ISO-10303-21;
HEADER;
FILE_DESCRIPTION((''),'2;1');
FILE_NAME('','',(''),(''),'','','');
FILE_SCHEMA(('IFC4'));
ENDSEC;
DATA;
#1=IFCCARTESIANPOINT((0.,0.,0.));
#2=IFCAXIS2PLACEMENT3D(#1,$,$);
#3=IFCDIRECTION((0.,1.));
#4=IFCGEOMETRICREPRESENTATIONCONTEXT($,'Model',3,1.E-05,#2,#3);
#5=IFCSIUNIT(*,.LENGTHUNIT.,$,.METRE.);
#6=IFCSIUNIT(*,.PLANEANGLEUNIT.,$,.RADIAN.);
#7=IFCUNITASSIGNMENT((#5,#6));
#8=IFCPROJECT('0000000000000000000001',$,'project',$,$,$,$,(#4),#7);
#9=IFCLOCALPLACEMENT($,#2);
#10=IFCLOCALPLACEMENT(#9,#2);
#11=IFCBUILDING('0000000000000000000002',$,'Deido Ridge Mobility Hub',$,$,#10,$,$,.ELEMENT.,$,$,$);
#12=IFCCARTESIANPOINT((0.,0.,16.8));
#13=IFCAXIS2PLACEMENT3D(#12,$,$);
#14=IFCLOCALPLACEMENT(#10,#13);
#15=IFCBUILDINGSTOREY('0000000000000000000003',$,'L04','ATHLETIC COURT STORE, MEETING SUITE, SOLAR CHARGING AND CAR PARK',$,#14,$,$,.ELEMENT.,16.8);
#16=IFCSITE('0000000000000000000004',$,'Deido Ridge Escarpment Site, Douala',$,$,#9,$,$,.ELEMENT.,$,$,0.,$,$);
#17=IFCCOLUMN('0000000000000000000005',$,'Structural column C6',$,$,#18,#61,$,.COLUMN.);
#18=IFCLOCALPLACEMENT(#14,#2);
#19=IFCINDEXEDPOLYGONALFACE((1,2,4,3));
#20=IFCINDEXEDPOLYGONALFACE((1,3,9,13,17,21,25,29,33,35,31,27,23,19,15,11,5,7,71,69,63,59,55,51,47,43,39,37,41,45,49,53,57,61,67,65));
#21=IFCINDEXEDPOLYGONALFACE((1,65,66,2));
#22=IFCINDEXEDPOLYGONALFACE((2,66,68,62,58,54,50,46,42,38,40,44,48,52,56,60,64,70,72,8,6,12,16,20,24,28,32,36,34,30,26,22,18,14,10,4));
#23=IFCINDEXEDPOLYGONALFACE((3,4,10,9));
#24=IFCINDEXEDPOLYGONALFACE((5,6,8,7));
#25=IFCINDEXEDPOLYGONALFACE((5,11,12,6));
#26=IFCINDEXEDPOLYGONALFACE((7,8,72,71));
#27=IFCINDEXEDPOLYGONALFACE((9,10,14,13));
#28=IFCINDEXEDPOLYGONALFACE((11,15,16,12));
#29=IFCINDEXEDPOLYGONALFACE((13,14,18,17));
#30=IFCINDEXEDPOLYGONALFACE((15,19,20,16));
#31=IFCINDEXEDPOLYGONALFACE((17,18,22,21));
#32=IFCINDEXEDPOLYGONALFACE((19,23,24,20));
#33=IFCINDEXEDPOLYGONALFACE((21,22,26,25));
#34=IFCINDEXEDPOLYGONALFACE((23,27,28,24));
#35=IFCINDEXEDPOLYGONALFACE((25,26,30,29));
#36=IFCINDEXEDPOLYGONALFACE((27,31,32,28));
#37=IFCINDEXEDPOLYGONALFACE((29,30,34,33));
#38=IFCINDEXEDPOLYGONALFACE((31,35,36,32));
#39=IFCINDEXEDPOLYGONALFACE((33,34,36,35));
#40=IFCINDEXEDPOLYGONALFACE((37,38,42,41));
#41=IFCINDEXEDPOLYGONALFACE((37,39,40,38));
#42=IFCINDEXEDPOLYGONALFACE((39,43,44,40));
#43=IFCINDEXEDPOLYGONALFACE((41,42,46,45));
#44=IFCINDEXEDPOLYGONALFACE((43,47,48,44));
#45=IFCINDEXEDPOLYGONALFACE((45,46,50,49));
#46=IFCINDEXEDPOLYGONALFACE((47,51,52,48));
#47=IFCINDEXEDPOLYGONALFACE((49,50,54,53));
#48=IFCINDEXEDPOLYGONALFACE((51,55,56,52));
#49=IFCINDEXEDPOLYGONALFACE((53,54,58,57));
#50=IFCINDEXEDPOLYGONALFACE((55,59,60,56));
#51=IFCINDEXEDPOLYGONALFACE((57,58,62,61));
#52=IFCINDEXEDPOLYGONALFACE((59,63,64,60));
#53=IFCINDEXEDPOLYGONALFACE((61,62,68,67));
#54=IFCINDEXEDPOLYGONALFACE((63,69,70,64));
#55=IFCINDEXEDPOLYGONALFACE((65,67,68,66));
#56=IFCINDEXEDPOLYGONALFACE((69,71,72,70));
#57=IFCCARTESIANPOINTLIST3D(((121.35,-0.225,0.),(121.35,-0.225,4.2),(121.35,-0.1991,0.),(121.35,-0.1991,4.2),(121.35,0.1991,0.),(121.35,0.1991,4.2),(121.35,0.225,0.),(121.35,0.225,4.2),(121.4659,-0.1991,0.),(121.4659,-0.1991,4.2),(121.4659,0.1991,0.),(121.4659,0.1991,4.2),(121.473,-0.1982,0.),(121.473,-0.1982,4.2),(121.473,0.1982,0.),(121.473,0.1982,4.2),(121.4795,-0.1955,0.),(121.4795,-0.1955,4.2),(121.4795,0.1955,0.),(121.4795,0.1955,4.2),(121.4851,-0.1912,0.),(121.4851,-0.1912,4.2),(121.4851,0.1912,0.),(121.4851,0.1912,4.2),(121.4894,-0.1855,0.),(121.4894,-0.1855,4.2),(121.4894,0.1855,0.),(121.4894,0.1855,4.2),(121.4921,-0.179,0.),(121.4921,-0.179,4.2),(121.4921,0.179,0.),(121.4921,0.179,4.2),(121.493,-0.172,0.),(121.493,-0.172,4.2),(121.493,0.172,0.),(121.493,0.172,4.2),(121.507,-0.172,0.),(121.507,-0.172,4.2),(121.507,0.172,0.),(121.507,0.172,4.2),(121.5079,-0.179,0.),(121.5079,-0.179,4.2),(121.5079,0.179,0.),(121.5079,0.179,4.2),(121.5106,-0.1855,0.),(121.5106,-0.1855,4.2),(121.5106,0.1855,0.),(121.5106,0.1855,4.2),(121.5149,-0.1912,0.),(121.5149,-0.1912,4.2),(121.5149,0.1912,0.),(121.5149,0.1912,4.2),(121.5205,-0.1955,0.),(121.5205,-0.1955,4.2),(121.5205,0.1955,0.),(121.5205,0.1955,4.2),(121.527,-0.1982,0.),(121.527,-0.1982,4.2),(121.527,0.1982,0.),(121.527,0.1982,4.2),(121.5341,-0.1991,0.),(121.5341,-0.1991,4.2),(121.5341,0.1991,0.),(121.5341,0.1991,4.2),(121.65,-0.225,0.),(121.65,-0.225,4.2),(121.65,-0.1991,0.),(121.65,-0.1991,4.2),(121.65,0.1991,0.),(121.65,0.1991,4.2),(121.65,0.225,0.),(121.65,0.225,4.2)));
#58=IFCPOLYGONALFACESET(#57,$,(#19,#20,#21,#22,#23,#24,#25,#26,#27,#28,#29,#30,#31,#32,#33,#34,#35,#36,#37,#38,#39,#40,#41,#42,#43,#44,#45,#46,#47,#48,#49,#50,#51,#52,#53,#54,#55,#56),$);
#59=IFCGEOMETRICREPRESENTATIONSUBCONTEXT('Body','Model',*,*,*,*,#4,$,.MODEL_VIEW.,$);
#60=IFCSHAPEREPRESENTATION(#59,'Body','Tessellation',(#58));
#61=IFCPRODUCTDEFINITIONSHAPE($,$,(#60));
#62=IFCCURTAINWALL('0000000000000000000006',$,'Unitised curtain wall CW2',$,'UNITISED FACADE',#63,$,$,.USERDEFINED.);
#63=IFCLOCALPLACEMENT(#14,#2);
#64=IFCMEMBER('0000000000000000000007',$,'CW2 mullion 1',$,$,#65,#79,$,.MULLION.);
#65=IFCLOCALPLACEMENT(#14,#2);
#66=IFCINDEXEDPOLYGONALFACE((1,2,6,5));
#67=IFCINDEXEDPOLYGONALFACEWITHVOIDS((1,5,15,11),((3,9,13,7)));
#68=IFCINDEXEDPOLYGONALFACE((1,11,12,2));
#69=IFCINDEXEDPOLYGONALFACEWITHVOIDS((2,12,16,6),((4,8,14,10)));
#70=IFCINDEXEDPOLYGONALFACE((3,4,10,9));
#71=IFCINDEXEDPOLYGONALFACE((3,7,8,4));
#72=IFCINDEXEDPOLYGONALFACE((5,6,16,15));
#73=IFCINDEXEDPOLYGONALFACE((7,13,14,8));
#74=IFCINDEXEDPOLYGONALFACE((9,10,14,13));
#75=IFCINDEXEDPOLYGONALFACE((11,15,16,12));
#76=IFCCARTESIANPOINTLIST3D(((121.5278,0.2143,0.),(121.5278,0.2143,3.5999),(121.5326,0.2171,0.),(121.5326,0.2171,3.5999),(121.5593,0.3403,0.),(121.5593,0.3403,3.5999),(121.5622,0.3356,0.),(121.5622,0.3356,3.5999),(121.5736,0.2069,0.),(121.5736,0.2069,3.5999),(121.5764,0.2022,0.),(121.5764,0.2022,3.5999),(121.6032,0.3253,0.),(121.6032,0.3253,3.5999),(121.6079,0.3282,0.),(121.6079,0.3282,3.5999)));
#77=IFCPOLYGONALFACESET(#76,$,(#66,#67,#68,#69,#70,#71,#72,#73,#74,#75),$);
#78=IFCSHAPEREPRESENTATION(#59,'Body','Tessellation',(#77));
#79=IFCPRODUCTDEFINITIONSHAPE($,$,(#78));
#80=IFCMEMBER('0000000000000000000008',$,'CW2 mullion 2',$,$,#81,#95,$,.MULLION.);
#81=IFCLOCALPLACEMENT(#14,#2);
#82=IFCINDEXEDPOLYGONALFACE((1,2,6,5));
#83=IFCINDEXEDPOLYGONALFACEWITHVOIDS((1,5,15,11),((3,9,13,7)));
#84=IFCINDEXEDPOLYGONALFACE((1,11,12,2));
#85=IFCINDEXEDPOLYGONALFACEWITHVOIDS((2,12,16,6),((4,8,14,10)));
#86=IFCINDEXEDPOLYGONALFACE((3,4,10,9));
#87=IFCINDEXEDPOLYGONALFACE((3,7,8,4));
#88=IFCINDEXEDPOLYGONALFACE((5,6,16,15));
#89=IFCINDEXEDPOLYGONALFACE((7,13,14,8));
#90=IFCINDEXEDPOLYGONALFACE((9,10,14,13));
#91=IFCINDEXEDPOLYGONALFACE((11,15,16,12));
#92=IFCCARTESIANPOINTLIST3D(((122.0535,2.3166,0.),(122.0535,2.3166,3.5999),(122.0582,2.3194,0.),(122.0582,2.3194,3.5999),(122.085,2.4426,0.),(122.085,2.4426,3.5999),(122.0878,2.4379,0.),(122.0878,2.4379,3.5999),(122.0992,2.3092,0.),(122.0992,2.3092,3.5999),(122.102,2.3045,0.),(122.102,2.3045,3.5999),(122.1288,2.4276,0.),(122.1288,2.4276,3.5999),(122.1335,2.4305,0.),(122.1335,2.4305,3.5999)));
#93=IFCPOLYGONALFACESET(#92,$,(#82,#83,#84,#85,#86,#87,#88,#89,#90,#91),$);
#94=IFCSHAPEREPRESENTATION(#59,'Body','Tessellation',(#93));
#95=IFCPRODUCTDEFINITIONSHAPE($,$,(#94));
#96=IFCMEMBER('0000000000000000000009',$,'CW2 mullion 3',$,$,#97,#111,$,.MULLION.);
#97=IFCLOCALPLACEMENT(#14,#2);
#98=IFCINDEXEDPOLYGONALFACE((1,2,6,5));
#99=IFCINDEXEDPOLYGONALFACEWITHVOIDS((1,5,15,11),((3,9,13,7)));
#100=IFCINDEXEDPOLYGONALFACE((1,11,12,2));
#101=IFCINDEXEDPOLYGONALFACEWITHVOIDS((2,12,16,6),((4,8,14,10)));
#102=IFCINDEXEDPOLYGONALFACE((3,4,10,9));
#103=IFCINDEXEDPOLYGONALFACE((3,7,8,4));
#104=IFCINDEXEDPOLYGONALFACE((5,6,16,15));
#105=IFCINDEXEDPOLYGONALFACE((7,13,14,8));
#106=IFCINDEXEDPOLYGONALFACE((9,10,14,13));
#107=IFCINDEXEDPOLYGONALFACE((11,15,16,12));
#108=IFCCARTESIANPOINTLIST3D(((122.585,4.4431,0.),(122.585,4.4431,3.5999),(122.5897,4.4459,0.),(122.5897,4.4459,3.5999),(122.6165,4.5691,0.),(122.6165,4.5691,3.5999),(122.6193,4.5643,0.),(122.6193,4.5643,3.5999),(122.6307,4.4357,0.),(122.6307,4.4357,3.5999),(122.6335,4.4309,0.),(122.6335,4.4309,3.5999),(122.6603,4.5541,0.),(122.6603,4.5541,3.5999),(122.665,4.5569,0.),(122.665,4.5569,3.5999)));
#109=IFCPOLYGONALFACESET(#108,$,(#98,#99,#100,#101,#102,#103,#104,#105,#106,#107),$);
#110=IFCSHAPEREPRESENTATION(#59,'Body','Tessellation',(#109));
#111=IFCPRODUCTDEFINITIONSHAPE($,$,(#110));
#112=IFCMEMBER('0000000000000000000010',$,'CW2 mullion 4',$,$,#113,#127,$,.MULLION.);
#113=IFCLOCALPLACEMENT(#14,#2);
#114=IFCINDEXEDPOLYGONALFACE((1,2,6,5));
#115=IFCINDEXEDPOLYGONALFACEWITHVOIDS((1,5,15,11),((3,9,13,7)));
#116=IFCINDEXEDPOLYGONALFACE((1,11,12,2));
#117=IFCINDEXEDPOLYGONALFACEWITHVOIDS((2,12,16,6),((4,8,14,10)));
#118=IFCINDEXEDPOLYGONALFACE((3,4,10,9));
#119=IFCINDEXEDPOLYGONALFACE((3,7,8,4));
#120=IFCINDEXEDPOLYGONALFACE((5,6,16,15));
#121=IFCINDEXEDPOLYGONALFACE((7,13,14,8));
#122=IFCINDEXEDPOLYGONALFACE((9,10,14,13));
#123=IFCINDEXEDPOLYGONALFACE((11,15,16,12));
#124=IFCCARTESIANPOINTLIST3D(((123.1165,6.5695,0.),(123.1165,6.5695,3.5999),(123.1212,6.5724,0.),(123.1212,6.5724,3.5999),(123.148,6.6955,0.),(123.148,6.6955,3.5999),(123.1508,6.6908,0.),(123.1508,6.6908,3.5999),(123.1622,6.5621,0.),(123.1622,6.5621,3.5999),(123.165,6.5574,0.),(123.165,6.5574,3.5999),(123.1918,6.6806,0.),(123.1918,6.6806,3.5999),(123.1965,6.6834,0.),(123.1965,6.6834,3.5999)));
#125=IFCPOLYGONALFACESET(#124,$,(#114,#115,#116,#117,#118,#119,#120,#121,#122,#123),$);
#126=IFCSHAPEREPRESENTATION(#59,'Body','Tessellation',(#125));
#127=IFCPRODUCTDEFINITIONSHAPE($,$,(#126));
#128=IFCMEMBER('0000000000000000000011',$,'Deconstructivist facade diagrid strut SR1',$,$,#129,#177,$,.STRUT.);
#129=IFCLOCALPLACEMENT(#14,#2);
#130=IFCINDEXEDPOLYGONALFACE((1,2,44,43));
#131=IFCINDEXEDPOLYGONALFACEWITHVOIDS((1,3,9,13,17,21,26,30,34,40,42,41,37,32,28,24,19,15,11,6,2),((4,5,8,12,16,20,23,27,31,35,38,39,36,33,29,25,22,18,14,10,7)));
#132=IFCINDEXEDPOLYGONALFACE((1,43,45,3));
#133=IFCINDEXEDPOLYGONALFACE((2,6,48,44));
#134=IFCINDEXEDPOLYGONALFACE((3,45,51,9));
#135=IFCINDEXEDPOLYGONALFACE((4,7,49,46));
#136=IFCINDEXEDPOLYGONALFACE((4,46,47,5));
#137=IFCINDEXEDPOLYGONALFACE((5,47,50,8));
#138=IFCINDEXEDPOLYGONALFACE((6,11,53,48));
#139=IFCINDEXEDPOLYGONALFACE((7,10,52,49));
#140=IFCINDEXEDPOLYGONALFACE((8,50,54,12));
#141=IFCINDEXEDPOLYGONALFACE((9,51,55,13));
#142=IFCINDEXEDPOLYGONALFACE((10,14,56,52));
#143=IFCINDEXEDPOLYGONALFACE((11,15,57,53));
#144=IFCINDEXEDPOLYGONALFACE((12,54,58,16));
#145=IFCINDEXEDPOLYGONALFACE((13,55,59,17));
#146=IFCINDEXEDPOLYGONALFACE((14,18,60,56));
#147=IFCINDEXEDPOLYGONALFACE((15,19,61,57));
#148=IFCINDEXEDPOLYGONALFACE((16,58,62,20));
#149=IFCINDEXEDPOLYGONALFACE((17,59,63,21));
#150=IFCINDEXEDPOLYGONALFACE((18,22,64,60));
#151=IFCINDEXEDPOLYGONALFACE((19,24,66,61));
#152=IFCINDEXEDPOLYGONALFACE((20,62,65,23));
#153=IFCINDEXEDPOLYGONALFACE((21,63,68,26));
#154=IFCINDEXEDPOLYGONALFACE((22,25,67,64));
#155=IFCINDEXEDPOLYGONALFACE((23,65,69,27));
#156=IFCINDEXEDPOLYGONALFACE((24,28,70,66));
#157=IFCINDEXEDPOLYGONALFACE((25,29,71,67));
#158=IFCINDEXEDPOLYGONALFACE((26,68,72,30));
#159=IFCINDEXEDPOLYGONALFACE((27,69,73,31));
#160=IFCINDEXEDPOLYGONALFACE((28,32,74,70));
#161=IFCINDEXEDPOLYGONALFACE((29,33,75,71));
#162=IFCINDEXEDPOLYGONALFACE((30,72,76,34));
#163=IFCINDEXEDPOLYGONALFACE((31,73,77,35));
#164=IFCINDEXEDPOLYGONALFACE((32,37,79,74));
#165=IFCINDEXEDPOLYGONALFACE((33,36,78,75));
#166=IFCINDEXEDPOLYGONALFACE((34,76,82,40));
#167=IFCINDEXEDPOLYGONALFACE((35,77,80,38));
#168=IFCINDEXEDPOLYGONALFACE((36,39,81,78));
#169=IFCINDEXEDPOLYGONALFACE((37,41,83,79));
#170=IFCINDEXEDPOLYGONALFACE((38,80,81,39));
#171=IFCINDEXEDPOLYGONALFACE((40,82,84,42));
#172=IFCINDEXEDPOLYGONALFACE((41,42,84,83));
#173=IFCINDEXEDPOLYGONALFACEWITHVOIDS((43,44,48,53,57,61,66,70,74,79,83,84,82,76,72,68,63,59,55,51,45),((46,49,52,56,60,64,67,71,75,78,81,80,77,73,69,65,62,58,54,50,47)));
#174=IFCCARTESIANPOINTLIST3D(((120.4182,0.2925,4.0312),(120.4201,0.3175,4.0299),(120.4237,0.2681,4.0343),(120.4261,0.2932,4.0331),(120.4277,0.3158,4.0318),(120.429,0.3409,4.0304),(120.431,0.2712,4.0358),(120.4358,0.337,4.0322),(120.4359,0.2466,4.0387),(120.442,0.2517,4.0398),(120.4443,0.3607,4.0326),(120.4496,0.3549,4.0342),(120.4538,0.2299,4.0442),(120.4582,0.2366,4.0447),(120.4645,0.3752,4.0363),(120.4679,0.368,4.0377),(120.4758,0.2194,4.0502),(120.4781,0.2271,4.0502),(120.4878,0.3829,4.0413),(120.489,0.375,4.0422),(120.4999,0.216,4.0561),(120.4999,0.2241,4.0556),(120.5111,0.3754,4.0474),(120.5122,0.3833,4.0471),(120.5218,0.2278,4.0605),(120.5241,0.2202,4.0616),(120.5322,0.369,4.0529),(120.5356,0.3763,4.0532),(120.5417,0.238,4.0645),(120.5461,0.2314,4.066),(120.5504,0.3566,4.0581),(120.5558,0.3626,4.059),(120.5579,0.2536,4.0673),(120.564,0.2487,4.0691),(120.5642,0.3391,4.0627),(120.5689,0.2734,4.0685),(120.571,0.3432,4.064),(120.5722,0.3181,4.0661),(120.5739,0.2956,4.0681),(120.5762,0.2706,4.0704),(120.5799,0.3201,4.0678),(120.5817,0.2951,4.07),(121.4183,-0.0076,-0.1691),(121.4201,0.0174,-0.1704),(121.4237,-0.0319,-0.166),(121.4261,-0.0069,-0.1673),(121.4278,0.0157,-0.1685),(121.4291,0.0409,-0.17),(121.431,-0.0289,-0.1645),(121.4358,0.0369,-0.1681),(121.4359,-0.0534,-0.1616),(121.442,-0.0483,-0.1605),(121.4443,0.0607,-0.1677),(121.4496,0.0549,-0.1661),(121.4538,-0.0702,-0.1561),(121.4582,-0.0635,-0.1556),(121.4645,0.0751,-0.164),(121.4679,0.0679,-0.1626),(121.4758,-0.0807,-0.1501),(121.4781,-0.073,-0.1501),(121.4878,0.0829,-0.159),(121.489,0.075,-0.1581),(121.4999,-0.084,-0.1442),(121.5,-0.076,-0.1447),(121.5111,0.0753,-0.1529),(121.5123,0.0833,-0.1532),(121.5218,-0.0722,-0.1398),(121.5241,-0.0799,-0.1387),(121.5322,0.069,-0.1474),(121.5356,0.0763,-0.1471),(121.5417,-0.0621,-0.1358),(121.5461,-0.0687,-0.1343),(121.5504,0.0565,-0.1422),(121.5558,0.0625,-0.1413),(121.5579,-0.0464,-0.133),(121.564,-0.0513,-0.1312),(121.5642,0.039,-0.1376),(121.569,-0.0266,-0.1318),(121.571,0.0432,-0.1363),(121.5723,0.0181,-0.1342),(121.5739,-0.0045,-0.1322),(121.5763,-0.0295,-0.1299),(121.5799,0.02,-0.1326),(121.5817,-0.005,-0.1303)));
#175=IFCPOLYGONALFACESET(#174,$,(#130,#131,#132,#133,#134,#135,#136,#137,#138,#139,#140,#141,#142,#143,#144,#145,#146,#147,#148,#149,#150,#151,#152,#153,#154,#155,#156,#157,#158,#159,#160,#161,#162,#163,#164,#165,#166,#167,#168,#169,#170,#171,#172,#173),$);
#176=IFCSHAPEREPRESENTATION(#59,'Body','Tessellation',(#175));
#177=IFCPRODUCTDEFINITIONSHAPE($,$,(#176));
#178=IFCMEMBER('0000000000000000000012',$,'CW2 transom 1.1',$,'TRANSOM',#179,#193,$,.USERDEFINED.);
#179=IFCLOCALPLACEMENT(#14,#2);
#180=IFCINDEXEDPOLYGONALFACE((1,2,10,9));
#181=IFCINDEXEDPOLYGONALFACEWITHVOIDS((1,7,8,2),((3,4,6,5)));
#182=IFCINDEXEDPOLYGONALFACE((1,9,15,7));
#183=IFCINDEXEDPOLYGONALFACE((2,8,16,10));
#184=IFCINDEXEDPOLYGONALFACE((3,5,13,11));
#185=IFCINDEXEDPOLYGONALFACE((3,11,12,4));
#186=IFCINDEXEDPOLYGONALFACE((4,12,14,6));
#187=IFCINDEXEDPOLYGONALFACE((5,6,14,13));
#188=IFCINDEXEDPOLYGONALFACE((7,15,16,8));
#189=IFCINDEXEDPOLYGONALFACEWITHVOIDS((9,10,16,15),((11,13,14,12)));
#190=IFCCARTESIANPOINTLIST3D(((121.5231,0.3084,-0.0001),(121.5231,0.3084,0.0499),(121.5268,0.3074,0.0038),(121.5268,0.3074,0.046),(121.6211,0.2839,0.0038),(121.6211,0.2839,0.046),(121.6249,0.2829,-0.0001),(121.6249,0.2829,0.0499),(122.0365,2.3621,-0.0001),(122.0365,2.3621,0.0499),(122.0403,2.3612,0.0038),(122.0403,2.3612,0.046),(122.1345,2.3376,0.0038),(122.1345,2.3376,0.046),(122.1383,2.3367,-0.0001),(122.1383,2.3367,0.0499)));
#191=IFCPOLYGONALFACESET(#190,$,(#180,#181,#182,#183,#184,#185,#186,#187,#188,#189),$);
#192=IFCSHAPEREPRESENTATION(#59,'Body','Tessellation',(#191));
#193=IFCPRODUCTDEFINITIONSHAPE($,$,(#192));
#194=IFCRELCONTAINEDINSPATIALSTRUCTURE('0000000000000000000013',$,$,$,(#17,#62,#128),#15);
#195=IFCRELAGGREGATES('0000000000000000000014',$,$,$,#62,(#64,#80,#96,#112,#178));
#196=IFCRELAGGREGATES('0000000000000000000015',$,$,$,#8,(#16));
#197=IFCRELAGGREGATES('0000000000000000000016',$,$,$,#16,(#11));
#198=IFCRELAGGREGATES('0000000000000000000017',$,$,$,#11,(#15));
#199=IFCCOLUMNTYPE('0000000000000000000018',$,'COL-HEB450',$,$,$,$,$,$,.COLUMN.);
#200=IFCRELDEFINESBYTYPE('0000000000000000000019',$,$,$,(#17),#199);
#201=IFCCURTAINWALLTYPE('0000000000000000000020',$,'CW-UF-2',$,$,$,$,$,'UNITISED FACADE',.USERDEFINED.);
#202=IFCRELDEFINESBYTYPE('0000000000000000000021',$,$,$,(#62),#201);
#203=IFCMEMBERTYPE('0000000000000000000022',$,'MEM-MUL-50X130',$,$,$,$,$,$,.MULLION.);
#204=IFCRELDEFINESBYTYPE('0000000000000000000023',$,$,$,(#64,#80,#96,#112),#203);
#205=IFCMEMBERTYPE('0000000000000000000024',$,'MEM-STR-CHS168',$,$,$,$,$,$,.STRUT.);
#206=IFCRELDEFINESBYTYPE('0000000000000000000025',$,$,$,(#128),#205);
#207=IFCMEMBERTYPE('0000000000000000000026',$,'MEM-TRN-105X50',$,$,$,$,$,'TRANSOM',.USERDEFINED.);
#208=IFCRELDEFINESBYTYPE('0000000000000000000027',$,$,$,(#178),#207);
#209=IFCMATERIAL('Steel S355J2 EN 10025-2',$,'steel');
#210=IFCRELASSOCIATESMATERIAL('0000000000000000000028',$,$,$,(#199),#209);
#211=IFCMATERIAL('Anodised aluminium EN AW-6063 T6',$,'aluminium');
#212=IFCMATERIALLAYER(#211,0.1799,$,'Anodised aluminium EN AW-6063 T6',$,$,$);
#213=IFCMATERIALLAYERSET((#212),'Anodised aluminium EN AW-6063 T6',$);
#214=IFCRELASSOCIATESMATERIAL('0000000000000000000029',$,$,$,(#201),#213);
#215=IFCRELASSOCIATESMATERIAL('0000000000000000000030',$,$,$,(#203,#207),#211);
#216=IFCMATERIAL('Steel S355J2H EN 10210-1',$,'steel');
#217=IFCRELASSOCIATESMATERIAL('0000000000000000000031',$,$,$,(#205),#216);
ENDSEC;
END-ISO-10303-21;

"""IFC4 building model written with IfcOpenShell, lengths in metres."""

from ifc_helpers import new_model, si_unit, direction, frame, origin, origin_2d, place, context, subcontext, project, spatial, hollow_rectangle, hollow_circle, i_section, extrude, material, layer, layer_set, material_profile, profile_set, type_object, element, aggregate, save


model = new_model("IFC4")

# Units and contexts
model_context = context("Model", 3, precision=1e-05, world=origin(), true_north=direction((0.0, 1.0)))
body_context = subcontext(model_context, "Body", "Model", "MODEL_VIEW")
ifc_project = project(units=[si_unit("LENGTHUNIT", "METRE"), si_unit("PLANEANGLEUNIT", "RADIAN")], contexts=[model_context])

# Site, building, storey
site_placement = place(None, origin())
site = spatial("IfcSite", under=ifc_project, at=site_placement, Name="Deido Ridge Escarpment Site, Douala", CompositionType="ELEMENT", RefElevation=0.0)
building_placement = place(site_placement, origin())
building = spatial("IfcBuilding", under=site, at=building_placement, Name="Deido Ridge Mobility Hub", CompositionType="ELEMENT")
storey_placement = place(building_placement, frame((0.0, 0.0, 16.8)))
storey = spatial("IfcBuildingStorey", under=building, at=storey_placement, Name="L04", Description="ATHLETIC COURT STORE, MEETING SUITE, SOLAR CHARGING AND CAR PARK", CompositionType="ELEMENT", Elevation=16.8)

# Column
ifc_material_1 = material(Name="Steel S355J2 EN 10025-2", Category="steel")
ifc_material_profile_1 = material_profile(ifc_material_1, i_section(OverallWidth=0.3, OverallDepth=0.45, WebThickness=0.0139, FlangeThickness=0.0259, FilletRadius=0.0271, at=origin_2d()), Name="HEB 450")
ifc_profile_set_1 = profile_set([ifc_material_profile_1], Name="Steel S355J2 EN 10025-2")
column_type = type_object("IfcColumnType", Name="COL-HEB450", PredefinedType="COLUMN", material=ifc_profile_set_1)
column_placement = place(storey_placement, frame((121.5, 0.0, 0.0), z_axis=(0.0, 0.0, 1.0), x_axis=(1.0, 0.0, 0.0)))
element("IfcColumn", 1, at=column_placement, inside=storey, type_object=column_type, Name="Structural column C6", PredefinedType="COLUMN", context=body_context, shape_type="SweptSolid", body=[
    extrude(i_section(OverallWidth=0.3, OverallDepth=0.45, WebThickness=0.0139, FlangeThickness=0.0259, FilletRadius=0.0271, at=origin_2d()), origin(), (0.0, 0.0, 1.0), 4.2),
])

# Curtain wall, members
ifc_material_2 = material(Name="Anodised aluminium EN AW-6063 T6", Category="aluminium")
ifc_layer_1 = layer(ifc_material_2, 0.1799, Name="Anodised aluminium EN AW-6063 T6")
ifc_layer_set_1 = layer_set([ifc_layer_1], Name="Anodised aluminium EN AW-6063 T6")
curtain_wall_type = type_object("IfcCurtainWallType", Name="CW-UF-2", ElementType="UNITISED FACADE", PredefinedType="USERDEFINED", material=ifc_layer_set_1)
curtain_wall_placement = place(storey_placement, origin())
curtain_wall = element("IfcCurtainWall", 2, at=curtain_wall_placement, inside=storey, type_object=curtain_wall_type, Name="Unitised curtain wall CW2", ObjectType="UNITISED FACADE", PredefinedType="USERDEFINED")
ifc_material_profile_2 = material_profile(ifc_material_2, hollow_rectangle(XDim=0.05, YDim=0.1299, WallThickness=0.0039, at=origin_2d()), Name="RHS 50x130x4")
ifc_profile_set_2 = profile_set([ifc_material_profile_2], Name="Anodised aluminium EN AW-6063 T6")
member_type_1 = type_object("IfcMemberType", Name="MEM-MUL-50X130", PredefinedType="MULLION", material=ifc_profile_set_2)
member_1_placement = place(storey_placement, frame((121.5679, 0.2712, 0.0), z_axis=(0.0, 0.0, 1.0), x_axis=(-0.970144, 0.24253, 0.0)))
member_1 = element("IfcMember", 3, at=member_1_placement, type_object=member_type_1, Name="CW2 mullion 1", PredefinedType="MULLION", context=body_context, shape_type="SweptSolid", body=[
    extrude(hollow_rectangle(XDim=0.05, YDim=0.1299, WallThickness=0.0039, at=origin_2d()), origin(), (0.0, 0.0, 1.0), 3.5999),
])
member_2_placement = place(storey_placement, frame((122.0935, 2.3735, 0.0), z_axis=(0.0, 0.0, 1.0), x_axis=(-0.970144, 0.24253, 0.0)))
member_2 = element("IfcMember", 4, at=member_2_placement, type_object=member_type_1, Name="CW2 mullion 2", PredefinedType="MULLION", context=body_context, shape_type="SweptSolid", body=[
    extrude(hollow_rectangle(XDim=0.05, YDim=0.1299, WallThickness=0.0039, at=origin_2d()), origin(), (0.0, 0.0, 1.0), 3.5999),
])
member_3_placement = place(storey_placement, frame((122.625, 4.5, 0.0), z_axis=(0.0, 0.0, 1.0), x_axis=(-0.970144, 0.24253, 0.0)))
member_3 = element("IfcMember", 5, at=member_3_placement, type_object=member_type_1, Name="CW2 mullion 3", PredefinedType="MULLION", context=body_context, shape_type="SweptSolid", body=[
    extrude(hollow_rectangle(XDim=0.05, YDim=0.1299, WallThickness=0.0039, at=origin_2d()), origin(), (0.0, 0.0, 1.0), 3.5999),
])
member_4_placement = place(storey_placement, frame((123.1565, 6.6265, 0.0), z_axis=(0.0, 0.0, 1.0), x_axis=(-0.970144, 0.24253, 0.0)))
member_4 = element("IfcMember", 6, at=member_4_placement, type_object=member_type_1, Name="CW2 mullion 4", PredefinedType="MULLION", context=body_context, shape_type="SweptSolid", body=[
    extrude(hollow_rectangle(XDim=0.05, YDim=0.1299, WallThickness=0.0039, at=origin_2d()), origin(), (0.0, 0.0, 1.0), 3.5999),
])

# Members
ifc_material_3 = material(Name="Steel S355J2H EN 10210-1", Category="steel")
ifc_material_profile_3 = material_profile(ifc_material_3, hollow_circle(Radius=0.0842, WallThickness=0.0081, at=origin_2d()), Name="CHS 168.3x8")
ifc_profile_set_3 = profile_set([ifc_material_profile_3], Name="Steel S355J2H EN 10210-1")
member_type_2 = type_object("IfcMemberType", Name="MEM-STR-CHS168", PredefinedType="STRUT", material=ifc_profile_set_3)
member_5_placement = place(storey_placement, frame((121.5, 0.0, -0.1501), z_axis=(-0.231053, 0.069327, 0.970468), x_axis=(-0.287391, -0.957813, 0.0)))
element("IfcMember", 7, at=member_5_placement, inside=storey, type_object=member_type_2, Name="Deconstructivist facade diagrid strut SR1", PredefinedType="STRUT", context=body_context, shape_type="SweptSolid", body=[
    extrude(hollow_circle(Radius=0.0842, WallThickness=0.0081, at=origin_2d()), origin(), (0.0, 0.0, 1.0), 4.3281),
])
ifc_material_profile_4 = material_profile(ifc_material_2, hollow_rectangle(XDim=0.105, YDim=0.05, WallThickness=0.0039, at=origin_2d()), Name="RHS 105x50x4")
ifc_profile_set_4 = profile_set([ifc_material_profile_4], Name="Anodised aluminium EN AW-6063 T6")
member_type_3 = type_object("IfcMemberType", Name="MEM-TRN-105X50", ElementType="TRANSOM", PredefinedType="USERDEFINED", material=ifc_profile_set_4)
member_6_placement = place(storey_placement, frame((121.574, 0.2957, 0.0249), z_axis=(0.242536, 0.970143, 0.0), x_axis=(-0.970143, 0.242536, 0.0)))
member_6 = element("IfcMember", 8, at=member_6_placement, type_object=member_type_3, Name="CW2 transom 1.1", ObjectType="TRANSOM", PredefinedType="USERDEFINED", context=body_context, shape_type="SweptSolid", body=[
    extrude(hollow_rectangle(XDim=0.105, YDim=0.05, WallThickness=0.0039, at=origin_2d()), origin(), (0.0, 0.0, 1.0), 2.1169),
])

aggregate(curtain_wall, [member_1, member_2, member_3, member_4, member_6])

save(model, "model.ifc")
